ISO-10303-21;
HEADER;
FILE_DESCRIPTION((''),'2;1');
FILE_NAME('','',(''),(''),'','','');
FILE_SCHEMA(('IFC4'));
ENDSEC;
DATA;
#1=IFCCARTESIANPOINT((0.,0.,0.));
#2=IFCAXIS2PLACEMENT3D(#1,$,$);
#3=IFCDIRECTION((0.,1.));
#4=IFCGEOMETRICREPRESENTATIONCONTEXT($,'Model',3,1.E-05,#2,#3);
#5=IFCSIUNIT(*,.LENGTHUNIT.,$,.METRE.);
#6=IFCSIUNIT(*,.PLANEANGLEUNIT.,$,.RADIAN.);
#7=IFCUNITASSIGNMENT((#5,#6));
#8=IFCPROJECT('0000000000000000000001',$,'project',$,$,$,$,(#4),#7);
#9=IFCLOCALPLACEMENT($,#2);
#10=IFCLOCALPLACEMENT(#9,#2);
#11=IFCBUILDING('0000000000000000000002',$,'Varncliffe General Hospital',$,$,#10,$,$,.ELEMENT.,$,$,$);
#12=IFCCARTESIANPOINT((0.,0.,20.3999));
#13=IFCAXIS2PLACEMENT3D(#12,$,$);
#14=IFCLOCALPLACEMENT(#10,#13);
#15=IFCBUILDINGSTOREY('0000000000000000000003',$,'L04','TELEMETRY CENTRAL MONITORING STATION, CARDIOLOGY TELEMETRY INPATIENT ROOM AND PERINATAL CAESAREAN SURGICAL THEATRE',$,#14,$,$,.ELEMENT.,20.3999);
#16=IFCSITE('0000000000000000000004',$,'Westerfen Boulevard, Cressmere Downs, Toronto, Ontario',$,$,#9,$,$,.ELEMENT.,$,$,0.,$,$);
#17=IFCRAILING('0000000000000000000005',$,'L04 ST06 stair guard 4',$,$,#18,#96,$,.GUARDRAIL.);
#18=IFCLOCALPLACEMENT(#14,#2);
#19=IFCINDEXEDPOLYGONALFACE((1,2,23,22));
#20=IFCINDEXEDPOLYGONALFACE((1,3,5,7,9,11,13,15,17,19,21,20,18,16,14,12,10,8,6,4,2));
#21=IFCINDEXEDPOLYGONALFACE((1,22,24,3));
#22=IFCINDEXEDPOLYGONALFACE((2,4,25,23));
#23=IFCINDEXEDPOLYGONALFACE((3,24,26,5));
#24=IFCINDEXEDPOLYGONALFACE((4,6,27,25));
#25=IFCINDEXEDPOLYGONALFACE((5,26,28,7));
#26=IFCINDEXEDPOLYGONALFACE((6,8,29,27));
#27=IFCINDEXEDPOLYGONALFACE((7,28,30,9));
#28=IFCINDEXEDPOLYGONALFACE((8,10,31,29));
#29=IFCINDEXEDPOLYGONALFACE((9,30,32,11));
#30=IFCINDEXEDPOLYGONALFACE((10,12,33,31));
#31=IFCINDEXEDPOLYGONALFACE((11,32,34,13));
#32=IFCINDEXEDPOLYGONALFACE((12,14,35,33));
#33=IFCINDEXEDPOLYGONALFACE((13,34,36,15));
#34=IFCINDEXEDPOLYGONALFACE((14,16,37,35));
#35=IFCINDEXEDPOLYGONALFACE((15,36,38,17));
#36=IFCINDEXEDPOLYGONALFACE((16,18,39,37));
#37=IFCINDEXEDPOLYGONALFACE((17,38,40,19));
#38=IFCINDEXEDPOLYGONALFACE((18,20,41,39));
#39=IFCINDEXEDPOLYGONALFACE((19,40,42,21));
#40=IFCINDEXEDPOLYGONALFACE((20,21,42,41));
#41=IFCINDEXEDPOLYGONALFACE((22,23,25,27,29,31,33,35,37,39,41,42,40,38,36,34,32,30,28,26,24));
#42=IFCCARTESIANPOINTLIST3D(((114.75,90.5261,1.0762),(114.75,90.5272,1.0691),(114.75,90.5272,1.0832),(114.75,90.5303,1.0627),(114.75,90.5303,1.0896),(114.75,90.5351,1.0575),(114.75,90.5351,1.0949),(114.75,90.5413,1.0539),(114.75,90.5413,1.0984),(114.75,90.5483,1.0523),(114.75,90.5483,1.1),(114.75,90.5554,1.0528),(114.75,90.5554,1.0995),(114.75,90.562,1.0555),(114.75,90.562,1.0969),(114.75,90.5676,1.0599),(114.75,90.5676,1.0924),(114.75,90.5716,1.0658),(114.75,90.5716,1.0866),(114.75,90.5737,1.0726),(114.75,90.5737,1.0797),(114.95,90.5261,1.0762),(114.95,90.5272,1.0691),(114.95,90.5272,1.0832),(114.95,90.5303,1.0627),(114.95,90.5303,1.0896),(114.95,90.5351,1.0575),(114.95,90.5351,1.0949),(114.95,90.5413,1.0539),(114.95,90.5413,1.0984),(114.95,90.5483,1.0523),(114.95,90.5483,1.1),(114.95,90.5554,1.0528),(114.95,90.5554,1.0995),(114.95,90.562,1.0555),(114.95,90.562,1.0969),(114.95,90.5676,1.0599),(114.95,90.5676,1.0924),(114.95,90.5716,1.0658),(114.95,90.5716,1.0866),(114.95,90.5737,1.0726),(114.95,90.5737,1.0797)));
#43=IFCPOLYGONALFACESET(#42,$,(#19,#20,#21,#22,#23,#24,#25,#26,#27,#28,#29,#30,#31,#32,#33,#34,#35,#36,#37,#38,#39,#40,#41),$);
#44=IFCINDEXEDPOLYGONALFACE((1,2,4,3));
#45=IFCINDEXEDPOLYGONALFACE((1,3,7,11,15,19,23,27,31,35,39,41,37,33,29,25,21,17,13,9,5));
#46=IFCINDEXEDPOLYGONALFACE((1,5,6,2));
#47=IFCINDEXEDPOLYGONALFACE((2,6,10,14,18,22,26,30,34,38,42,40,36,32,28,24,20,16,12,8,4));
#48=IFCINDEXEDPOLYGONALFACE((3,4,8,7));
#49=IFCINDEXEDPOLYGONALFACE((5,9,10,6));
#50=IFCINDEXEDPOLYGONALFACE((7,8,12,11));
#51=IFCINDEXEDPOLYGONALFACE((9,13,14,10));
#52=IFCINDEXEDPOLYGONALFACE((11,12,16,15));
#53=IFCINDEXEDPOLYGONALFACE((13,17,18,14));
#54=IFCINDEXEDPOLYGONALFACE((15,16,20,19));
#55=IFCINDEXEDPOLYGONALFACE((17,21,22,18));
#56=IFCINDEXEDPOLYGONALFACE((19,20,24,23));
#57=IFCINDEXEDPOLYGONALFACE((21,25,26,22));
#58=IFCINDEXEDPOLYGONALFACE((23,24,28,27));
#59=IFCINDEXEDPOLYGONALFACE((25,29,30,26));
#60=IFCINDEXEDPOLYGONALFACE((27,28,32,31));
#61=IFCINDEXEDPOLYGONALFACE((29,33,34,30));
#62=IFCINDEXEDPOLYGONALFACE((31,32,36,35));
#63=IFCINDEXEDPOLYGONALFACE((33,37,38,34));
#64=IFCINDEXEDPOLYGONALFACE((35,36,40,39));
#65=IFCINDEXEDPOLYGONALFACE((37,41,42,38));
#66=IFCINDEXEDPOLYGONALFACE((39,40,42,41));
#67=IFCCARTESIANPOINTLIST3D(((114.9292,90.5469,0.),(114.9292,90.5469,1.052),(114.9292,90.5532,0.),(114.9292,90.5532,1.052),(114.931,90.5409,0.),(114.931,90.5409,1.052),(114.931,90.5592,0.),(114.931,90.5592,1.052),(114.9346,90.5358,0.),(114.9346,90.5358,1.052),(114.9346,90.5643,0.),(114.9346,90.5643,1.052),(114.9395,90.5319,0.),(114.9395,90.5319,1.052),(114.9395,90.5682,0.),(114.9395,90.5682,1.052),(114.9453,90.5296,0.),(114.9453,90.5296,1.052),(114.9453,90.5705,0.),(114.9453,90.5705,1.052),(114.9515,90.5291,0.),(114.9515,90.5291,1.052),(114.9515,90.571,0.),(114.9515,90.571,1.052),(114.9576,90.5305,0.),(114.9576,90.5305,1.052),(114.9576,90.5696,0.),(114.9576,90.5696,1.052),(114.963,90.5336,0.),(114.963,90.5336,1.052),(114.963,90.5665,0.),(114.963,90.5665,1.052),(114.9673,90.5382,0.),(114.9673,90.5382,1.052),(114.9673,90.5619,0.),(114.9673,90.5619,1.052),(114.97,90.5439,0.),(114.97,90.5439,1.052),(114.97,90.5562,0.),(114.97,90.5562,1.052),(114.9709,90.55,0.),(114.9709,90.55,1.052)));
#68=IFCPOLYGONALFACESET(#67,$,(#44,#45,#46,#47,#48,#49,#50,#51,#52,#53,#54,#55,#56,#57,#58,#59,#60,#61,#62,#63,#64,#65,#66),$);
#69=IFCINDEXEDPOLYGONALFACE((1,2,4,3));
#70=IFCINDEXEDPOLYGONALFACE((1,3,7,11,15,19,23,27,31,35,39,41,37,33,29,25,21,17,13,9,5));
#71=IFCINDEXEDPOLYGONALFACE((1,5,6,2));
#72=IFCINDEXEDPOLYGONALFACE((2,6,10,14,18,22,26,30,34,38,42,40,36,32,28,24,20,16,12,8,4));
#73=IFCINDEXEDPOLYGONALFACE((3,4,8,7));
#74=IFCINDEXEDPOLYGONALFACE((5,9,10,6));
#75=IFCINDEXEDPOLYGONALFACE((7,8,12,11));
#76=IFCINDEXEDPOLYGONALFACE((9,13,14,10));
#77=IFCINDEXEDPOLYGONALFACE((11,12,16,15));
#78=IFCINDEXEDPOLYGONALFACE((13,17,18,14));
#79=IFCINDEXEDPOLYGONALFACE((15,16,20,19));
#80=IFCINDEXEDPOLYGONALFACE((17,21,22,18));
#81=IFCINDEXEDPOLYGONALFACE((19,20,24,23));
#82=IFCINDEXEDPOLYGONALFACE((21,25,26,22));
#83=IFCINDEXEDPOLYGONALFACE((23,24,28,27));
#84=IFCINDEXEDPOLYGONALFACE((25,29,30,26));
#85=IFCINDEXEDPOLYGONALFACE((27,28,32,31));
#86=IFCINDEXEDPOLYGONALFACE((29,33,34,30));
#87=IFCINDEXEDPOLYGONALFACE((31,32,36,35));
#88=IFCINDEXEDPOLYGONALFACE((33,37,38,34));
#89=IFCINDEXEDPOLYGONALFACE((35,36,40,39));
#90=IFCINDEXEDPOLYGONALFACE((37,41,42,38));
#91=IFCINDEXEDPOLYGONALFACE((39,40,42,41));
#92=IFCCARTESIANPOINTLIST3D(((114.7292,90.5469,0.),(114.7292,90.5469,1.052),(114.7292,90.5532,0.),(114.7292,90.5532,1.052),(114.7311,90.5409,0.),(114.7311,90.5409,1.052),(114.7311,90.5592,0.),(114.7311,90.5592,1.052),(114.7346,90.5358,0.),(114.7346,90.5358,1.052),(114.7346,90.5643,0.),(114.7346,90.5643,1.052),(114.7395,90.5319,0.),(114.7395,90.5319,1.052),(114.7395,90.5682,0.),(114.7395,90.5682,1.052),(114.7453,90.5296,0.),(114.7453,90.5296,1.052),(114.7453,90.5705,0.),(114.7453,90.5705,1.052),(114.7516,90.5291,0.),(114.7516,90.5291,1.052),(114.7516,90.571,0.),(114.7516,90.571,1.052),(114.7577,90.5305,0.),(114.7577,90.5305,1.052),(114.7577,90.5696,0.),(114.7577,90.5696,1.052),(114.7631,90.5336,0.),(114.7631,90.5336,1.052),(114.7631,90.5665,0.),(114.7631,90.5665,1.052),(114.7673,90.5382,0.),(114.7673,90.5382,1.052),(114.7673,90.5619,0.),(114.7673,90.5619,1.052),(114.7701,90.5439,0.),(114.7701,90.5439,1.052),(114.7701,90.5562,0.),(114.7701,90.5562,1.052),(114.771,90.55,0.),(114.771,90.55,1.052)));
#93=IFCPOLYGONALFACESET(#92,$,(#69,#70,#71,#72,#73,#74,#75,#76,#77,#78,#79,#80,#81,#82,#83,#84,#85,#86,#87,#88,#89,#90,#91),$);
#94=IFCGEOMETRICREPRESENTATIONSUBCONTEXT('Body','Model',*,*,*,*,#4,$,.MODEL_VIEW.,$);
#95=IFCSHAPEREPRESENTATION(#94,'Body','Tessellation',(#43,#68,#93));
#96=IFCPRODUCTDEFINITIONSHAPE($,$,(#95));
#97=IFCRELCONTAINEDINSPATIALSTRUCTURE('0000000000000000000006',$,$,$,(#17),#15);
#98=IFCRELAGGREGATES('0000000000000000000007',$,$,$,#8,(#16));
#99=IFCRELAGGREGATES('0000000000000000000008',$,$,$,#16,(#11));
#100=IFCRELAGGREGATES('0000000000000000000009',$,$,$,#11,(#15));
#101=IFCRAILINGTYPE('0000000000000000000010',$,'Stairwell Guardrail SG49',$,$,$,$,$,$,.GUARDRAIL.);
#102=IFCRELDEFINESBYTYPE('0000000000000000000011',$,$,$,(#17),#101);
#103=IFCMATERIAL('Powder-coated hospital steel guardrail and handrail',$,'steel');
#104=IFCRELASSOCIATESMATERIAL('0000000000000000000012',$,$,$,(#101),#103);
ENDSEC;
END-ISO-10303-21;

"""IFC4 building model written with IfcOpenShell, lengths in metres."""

from ifc_helpers import new_model, si_unit, direction, frame, origin, origin_2d, place, context, subcontext, project, spatial, circle, extrude, material, type_object, element, save


model = new_model("IFC4")

# Units and contexts
model_context = context("Model", 3, precision=1e-05, world=origin(), true_north=direction((0.0, 1.0)))
body_context = subcontext(model_context, "Body", "Model", "MODEL_VIEW")
ifc_project = project(units=[si_unit("LENGTHUNIT", "METRE"), si_unit("PLANEANGLEUNIT", "RADIAN")], contexts=[model_context])

# Site, building, storey
site_placement = place(None, origin())
site = spatial("IfcSite", under=ifc_project, at=site_placement, Name="Westerfen Boulevard, Cressmere Downs, Toronto, Ontario", CompositionType="ELEMENT", RefElevation=0.0)
building_placement = place(site_placement, origin())
building = spatial("IfcBuilding", under=site, at=building_placement, Name="Varncliffe General Hospital", CompositionType="ELEMENT")
storey_placement = place(building_placement, frame((0.0, 0.0, 20.3999)))
storey = spatial("IfcBuildingStorey", under=building, at=storey_placement, Name="L04", Description="TELEMETRY CENTRAL MONITORING STATION, CARDIOLOGY TELEMETRY INPATIENT ROOM AND PERINATAL CAESAREAN SURGICAL THEATRE", CompositionType="ELEMENT", Elevation=20.3999)

# Railing
ifc_material_1 = material(Name="Powder-coated hospital steel guardrail and handrail", Category="steel")
railing_type_1 = type_object("IfcRailingType", Name="Stairwell Guardrail SG49", PredefinedType="GUARDRAIL", material=ifc_material_1)
railing_1_placement = place(storey_placement, frame((114.95, 90.55, 0.0)))
element("IfcRailing", 1, at=railing_1_placement, inside=storey, type_object=railing_type_1, Name="L04 ST06 stair guard 4", PredefinedType="GUARDRAIL", context=body_context, shape_type="SweptSolid", body=[
    extrude(circle(Radius=0.0239, at=origin_2d()), frame((0.0, 0.0, 1.0762), z_axis=(-1.0, 0.0, 0.0), x_axis=(0.0, -1.0, 0.0)), (0.0, 0.0, 1.0), 0.2),
    extrude(circle(Radius=0.021, at=origin_2d()), origin(), (0.0, 0.0, 1.0), 1.052),
    extrude(circle(Radius=0.021, at=origin_2d()), frame((-0.2, 0.0, 0.0)), (0.0, 0.0, 1.0), 1.052),
])

save(model, "model.ifc")
